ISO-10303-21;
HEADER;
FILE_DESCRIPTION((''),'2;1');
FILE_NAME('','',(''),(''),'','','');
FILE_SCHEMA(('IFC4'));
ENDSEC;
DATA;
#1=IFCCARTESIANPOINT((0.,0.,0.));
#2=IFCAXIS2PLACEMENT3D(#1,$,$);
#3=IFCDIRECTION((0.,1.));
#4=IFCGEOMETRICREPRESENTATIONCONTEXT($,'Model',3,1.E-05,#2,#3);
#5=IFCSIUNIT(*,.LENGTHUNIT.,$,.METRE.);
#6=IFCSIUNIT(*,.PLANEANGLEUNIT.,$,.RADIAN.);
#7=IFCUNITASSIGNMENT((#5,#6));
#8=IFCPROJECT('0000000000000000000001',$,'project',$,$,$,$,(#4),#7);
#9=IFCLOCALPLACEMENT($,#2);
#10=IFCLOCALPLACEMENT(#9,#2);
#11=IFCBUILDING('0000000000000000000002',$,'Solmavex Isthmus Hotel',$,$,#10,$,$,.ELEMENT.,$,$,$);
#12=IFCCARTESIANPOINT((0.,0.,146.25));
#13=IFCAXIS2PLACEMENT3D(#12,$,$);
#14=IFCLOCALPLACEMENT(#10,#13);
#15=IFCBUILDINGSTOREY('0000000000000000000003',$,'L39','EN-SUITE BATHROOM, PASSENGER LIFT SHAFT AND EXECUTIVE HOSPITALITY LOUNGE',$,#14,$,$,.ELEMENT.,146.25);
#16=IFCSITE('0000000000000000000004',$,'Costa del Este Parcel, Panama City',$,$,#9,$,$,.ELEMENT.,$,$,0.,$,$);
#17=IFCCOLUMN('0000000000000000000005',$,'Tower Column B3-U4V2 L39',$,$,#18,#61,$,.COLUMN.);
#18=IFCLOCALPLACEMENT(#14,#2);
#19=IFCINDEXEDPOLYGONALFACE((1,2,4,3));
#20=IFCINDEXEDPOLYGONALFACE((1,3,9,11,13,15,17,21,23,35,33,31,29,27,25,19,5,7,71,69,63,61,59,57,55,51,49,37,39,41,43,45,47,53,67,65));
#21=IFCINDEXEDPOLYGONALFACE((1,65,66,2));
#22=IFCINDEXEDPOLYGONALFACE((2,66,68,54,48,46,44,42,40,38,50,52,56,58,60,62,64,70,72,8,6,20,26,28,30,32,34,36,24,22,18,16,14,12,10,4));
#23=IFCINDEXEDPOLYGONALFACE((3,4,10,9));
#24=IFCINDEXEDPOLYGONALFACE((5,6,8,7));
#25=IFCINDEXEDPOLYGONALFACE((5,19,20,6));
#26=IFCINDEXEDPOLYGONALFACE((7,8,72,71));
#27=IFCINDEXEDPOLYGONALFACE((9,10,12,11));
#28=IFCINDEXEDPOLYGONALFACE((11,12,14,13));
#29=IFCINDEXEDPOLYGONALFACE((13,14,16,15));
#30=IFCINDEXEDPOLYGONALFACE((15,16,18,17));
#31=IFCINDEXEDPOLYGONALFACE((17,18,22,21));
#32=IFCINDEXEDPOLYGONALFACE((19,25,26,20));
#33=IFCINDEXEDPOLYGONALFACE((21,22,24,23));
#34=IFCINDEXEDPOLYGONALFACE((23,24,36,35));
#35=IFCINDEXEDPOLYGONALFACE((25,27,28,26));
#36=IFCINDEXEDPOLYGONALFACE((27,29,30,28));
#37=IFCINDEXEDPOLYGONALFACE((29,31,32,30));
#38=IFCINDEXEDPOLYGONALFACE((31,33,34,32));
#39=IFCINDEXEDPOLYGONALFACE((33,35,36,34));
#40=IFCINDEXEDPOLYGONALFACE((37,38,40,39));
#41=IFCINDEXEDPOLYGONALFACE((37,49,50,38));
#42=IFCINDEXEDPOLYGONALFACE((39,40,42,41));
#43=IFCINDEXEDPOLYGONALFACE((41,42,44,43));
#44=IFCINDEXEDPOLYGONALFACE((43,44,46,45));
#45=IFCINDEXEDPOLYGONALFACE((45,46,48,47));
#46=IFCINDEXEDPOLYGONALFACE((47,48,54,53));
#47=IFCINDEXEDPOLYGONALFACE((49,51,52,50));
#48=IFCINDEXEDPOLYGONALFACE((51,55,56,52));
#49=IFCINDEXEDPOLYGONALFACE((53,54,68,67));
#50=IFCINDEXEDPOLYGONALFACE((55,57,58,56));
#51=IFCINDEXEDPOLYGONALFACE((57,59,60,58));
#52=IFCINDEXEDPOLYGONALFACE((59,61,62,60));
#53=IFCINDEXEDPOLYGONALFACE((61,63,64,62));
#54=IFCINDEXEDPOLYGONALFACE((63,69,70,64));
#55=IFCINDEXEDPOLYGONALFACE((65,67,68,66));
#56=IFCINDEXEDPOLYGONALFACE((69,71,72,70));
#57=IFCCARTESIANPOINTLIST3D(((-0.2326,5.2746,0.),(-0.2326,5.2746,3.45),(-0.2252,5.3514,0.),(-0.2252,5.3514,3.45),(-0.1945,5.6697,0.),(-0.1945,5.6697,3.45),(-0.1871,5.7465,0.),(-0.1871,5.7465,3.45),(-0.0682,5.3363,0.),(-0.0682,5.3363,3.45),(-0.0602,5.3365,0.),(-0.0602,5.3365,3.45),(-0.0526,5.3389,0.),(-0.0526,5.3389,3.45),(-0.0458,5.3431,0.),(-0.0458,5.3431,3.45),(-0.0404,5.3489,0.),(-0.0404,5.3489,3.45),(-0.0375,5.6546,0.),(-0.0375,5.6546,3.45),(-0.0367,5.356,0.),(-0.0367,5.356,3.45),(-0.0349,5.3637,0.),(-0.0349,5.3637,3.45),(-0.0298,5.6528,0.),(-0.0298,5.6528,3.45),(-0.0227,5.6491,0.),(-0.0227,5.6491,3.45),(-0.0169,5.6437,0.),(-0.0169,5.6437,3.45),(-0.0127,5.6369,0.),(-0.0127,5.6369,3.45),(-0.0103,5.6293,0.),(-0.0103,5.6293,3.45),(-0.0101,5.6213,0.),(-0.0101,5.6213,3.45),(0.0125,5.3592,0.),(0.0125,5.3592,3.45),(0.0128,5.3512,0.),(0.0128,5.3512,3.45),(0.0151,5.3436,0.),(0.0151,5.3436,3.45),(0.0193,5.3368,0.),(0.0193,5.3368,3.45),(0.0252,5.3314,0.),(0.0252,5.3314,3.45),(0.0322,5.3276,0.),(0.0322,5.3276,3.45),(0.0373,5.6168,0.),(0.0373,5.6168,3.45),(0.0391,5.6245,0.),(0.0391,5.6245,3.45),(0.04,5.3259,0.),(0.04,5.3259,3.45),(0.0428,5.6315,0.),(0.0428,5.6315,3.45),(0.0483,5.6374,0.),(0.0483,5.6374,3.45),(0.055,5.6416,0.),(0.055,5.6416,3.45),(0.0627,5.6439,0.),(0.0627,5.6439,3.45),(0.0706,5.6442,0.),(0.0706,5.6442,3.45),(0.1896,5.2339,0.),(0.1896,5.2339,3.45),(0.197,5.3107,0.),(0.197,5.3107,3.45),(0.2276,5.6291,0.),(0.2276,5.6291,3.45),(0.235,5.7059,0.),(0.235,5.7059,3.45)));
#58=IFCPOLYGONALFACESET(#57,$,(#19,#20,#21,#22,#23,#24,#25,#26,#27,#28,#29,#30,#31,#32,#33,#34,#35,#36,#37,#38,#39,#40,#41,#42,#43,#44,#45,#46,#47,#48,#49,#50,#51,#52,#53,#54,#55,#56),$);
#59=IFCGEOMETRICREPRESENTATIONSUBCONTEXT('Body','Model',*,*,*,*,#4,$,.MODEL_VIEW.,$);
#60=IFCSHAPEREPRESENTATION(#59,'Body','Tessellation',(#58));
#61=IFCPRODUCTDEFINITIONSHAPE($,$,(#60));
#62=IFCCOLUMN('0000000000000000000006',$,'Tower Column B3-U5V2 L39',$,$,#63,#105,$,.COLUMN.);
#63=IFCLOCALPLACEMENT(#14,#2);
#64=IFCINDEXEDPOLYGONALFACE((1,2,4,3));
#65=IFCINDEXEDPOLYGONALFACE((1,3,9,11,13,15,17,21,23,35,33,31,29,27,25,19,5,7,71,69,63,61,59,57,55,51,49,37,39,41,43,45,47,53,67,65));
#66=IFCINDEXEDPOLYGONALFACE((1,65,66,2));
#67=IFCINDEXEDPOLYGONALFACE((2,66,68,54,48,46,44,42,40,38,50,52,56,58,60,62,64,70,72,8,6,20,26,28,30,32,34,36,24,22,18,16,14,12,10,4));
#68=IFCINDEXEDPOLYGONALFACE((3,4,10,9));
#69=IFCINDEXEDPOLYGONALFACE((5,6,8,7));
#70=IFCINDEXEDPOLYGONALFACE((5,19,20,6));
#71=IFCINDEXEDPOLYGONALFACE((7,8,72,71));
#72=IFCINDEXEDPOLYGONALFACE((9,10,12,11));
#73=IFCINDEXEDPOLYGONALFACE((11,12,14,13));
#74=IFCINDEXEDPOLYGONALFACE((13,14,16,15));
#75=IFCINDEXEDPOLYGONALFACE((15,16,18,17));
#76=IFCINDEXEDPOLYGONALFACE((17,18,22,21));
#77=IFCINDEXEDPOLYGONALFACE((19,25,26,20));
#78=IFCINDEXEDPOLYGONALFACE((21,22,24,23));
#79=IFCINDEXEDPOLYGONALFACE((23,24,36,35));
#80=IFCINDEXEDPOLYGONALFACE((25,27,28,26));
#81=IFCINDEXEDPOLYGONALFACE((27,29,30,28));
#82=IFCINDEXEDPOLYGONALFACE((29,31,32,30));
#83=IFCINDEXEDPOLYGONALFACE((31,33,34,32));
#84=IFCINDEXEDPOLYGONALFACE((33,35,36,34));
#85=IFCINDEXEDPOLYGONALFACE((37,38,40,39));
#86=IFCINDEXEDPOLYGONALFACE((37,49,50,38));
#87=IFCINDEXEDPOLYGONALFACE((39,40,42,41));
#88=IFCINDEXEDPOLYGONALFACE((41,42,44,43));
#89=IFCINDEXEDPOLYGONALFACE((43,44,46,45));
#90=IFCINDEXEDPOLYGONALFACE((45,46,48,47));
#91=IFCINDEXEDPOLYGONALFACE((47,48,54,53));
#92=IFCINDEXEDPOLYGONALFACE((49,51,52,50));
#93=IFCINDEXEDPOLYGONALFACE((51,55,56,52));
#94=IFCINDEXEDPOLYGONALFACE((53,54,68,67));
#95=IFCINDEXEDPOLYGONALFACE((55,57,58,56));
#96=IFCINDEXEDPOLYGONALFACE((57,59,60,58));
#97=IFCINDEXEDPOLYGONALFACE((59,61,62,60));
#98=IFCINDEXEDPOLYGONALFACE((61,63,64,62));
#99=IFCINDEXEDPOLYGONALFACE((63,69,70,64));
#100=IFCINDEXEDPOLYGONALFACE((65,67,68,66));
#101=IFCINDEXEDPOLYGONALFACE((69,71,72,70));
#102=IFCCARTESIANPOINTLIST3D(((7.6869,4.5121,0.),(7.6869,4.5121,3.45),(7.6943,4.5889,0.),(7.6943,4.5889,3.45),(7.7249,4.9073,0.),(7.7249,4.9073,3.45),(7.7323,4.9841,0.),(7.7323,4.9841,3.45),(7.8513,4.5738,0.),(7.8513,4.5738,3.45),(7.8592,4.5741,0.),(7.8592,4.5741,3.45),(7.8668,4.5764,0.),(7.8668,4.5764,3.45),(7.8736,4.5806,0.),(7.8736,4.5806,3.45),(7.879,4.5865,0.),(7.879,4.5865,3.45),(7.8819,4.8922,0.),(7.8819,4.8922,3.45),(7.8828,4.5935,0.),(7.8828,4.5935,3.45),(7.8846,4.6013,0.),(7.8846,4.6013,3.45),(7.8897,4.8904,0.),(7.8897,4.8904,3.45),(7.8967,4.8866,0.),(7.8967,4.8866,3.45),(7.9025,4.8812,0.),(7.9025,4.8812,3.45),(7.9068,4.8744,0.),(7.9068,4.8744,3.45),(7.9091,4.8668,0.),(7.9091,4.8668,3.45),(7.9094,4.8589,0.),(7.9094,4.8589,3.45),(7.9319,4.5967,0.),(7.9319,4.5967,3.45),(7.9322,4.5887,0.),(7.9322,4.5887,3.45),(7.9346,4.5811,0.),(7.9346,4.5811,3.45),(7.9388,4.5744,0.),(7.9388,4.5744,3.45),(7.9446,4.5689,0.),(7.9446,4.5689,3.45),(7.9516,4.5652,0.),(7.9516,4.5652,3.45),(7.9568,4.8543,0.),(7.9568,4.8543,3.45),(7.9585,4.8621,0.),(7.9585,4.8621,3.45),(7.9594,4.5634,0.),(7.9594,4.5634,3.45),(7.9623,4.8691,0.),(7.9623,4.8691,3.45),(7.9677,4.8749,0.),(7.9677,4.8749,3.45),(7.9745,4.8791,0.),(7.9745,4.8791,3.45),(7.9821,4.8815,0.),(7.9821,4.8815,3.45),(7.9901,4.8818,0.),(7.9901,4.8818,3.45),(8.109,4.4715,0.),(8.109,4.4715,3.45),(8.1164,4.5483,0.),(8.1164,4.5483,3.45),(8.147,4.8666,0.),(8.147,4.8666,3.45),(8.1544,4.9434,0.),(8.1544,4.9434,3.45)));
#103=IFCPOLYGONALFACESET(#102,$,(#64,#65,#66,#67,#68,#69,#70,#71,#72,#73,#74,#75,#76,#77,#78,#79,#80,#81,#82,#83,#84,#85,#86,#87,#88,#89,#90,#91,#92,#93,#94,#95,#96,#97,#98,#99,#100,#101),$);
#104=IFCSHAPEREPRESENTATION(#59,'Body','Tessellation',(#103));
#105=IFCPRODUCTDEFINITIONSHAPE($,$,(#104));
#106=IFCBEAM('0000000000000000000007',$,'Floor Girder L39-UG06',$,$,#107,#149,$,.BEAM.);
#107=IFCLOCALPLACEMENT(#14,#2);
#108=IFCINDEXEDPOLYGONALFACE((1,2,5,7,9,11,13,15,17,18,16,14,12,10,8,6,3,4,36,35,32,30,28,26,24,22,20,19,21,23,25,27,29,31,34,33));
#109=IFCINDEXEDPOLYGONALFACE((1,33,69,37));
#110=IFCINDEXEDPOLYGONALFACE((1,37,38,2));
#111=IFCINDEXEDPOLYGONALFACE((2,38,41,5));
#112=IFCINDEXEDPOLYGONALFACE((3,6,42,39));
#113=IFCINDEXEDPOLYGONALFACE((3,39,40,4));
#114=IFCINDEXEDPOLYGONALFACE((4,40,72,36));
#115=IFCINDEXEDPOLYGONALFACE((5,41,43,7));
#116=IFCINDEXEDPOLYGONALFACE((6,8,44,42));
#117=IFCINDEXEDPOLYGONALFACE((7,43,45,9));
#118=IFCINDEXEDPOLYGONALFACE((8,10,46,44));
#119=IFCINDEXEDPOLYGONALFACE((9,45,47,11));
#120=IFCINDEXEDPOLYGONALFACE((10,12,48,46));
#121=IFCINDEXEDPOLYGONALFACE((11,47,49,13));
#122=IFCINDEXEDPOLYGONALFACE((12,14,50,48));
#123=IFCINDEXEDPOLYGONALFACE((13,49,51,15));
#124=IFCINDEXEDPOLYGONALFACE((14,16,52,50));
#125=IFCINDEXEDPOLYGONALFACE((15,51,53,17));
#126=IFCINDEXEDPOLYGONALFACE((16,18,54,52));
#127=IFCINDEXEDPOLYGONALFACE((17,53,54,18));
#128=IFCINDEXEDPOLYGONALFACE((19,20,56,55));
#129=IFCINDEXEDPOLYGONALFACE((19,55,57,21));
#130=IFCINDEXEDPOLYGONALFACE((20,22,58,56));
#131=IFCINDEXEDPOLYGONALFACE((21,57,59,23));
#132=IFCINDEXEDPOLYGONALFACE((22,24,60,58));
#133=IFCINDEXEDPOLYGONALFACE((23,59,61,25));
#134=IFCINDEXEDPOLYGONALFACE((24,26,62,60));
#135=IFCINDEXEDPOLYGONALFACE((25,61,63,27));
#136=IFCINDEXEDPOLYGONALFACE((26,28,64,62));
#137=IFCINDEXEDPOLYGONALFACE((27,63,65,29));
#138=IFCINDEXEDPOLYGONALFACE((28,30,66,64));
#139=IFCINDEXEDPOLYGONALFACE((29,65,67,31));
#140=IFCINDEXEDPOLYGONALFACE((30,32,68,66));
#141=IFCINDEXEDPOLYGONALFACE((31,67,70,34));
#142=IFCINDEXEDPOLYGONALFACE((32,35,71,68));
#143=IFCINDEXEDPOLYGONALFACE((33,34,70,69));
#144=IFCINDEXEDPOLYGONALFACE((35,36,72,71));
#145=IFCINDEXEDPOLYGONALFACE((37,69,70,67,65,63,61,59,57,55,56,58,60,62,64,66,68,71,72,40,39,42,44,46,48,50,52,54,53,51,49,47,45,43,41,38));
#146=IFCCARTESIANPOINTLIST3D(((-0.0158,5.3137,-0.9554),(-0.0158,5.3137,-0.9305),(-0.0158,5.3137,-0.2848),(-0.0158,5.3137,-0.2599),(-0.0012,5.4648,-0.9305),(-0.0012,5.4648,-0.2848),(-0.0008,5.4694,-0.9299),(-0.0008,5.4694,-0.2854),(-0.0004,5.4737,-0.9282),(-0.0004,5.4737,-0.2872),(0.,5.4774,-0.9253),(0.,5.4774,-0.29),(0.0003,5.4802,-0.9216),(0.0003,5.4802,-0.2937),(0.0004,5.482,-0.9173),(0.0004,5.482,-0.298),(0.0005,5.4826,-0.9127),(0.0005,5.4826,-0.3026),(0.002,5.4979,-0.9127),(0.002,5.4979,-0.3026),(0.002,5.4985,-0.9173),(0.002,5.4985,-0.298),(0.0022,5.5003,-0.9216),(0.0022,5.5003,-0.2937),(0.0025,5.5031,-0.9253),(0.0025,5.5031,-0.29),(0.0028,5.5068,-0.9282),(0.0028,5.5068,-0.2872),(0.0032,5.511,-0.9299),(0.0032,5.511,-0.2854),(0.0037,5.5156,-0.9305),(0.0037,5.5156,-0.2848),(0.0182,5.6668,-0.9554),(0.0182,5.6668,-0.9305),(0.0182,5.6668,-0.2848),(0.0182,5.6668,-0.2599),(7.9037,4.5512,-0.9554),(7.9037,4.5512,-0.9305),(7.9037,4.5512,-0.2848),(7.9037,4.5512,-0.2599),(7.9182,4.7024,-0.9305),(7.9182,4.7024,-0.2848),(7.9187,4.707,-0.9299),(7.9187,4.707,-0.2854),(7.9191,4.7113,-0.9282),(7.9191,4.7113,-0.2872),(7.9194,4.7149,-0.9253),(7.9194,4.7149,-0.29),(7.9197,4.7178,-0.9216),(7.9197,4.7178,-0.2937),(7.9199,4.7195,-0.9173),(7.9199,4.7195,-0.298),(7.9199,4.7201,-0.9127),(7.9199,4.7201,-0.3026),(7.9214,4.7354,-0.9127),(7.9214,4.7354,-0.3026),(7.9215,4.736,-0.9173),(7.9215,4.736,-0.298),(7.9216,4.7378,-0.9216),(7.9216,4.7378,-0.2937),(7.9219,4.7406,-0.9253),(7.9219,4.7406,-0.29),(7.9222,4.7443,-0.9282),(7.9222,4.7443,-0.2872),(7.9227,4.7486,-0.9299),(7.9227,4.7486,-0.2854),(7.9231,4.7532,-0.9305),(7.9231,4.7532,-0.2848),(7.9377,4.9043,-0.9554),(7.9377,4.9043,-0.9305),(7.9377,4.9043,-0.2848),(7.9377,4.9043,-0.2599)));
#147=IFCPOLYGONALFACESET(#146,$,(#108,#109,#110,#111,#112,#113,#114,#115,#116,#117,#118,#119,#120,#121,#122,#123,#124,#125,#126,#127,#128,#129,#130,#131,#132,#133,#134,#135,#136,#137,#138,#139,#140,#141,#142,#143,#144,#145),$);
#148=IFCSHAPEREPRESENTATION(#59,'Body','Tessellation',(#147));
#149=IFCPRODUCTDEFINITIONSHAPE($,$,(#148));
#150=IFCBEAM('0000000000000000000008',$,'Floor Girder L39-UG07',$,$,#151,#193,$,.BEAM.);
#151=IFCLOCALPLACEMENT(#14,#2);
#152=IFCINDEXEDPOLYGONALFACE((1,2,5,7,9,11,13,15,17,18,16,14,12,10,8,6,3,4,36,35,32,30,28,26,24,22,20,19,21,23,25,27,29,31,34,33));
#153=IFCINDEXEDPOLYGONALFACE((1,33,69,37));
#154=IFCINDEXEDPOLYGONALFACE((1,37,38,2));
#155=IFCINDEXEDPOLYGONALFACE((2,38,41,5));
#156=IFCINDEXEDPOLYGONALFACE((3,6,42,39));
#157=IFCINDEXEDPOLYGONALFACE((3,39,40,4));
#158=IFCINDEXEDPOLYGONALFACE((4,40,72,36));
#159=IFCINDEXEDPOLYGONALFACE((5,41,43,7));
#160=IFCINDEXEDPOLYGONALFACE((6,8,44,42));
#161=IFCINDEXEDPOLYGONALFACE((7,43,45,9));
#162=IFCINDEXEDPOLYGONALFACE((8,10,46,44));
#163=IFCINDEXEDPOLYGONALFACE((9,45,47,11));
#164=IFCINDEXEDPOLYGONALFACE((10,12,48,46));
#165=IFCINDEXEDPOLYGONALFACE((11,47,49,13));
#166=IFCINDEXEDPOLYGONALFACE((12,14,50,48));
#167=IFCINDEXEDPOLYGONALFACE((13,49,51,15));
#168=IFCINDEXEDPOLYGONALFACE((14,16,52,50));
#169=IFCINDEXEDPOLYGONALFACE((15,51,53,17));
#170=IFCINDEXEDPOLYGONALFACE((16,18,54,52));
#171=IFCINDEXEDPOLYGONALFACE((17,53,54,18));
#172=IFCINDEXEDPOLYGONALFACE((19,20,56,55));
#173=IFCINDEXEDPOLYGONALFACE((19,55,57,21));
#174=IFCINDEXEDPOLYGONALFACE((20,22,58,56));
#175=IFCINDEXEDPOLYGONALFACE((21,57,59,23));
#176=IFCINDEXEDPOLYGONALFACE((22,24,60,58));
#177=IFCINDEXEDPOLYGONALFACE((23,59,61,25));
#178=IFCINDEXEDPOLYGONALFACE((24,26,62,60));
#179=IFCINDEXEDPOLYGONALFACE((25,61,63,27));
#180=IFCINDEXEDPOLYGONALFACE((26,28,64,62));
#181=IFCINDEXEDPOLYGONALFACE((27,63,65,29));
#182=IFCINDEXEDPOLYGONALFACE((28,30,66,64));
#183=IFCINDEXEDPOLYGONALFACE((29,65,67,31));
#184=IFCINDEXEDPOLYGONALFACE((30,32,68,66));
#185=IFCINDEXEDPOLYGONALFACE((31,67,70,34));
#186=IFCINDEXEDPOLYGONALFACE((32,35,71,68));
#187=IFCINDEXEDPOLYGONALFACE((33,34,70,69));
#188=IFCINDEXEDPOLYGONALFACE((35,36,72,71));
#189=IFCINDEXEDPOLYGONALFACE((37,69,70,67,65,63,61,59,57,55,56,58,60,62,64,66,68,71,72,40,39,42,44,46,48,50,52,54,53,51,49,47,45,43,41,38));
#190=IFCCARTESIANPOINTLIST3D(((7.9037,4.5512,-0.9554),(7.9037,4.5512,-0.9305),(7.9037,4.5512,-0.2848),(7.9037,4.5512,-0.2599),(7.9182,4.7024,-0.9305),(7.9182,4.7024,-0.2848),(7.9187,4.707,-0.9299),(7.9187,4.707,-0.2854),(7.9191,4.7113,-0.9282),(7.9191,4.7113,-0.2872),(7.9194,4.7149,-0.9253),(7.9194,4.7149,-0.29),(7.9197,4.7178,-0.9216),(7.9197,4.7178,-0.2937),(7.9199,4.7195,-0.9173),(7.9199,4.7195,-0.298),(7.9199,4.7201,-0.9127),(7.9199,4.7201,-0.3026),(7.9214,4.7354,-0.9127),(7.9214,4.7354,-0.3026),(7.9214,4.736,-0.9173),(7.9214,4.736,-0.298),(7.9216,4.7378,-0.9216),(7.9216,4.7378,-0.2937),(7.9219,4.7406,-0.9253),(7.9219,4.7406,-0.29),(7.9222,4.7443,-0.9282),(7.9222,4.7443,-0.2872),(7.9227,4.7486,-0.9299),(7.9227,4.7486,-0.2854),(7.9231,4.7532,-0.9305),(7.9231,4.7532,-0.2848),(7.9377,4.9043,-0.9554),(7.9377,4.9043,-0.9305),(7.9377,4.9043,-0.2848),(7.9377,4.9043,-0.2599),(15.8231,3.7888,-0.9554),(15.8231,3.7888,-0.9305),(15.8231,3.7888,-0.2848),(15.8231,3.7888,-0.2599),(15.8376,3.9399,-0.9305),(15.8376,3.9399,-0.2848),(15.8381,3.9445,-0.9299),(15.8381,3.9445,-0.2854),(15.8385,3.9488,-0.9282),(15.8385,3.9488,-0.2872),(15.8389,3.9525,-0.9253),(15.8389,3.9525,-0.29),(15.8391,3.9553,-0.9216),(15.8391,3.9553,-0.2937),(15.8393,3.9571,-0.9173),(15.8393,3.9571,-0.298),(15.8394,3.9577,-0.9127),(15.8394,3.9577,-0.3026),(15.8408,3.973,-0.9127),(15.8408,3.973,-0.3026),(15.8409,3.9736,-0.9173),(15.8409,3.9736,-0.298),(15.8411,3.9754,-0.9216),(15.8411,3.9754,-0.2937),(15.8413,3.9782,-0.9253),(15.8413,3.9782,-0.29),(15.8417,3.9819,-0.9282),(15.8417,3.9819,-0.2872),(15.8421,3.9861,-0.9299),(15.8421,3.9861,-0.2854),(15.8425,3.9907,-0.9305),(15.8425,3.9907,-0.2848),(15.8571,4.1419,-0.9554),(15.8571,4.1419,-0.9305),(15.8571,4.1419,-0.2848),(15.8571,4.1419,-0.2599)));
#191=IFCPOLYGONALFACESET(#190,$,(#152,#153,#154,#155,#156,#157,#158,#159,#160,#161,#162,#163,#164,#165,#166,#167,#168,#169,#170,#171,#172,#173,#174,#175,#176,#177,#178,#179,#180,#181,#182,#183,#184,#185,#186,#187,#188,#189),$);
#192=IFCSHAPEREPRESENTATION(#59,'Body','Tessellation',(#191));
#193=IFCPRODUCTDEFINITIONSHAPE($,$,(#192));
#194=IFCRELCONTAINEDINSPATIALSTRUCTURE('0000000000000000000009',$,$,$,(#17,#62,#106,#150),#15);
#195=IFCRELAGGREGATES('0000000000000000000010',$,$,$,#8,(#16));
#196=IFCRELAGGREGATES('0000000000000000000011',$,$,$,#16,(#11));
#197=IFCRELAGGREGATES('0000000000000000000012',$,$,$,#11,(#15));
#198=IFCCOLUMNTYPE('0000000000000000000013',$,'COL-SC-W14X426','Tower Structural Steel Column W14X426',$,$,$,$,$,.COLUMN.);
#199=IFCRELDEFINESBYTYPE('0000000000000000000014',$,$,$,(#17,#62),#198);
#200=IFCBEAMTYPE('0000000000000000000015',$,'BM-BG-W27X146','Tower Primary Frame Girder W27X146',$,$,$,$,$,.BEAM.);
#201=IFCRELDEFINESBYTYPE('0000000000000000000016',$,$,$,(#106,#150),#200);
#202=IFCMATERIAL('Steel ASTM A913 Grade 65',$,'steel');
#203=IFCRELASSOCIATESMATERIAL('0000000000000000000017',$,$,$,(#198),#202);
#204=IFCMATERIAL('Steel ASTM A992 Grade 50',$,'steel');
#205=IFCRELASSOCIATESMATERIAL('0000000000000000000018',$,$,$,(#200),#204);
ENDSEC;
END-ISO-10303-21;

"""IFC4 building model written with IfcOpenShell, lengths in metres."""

from ifc_helpers import new_model, si_unit, direction, frame, origin, origin_2d, place, context, subcontext, project, spatial, i_section, extrude, material, material_profile, profile_set, type_object, element, save


model = new_model("IFC4")

# Units and contexts
model_context = context("Model", 3, precision=1e-05, world=origin(), true_north=direction((0.0, 1.0)))
body_context = subcontext(model_context, "Body", "Model", "MODEL_VIEW")
ifc_project = project(units=[si_unit("LENGTHUNIT", "METRE"), si_unit("PLANEANGLEUNIT", "RADIAN")], contexts=[model_context])

# Site, building, storey
site_placement = place(None, origin())
site = spatial("IfcSite", under=ifc_project, at=site_placement, Name="Costa del Este Parcel, Panama City", CompositionType="ELEMENT", RefElevation=0.0)
building_placement = place(site_placement, origin())
building = spatial("IfcBuilding", under=site, at=building_placement, Name="Solmavex Isthmus Hotel", CompositionType="ELEMENT")
storey_placement = place(building_placement, frame((0.0, 0.0, 146.25)))
storey = spatial("IfcBuildingStorey", under=building, at=storey_placement, Name="L39", Description="EN-SUITE BATHROOM, PASSENGER LIFT SHAFT AND EXECUTIVE HOSPITALITY LOUNGE", CompositionType="ELEMENT", Elevation=146.25)

# Columns
ifc_material_1 = material(Name="Steel ASTM A913 Grade 65", Category="steel")
ifc_material_profile_1 = material_profile(ifc_material_1, i_section(OverallWidth=0.4241, OverallDepth=0.4741, WebThickness=0.0476, FlangeThickness=0.0771, FilletRadius=0.0305, at=origin_2d()), Name="W14X426")
ifc_profile_set_1 = profile_set([ifc_material_profile_1], Name="Steel ASTM A913 Grade 65")
column_type = type_object("IfcColumnType", Name="COL-SC-W14X426", Description="Tower Structural Steel Column W14X426", PredefinedType="COLUMN", material=ifc_profile_set_1)
for number, where, z_axis, x_axis, name in (
    (1, (0.0012, 5.4902, 0.0), (0.0, 0.0, 1.0), (0.995396, -0.095846, 0.0), "Tower Column B3-U4V2 L39"),
    (2, (7.9207, 4.7278, 0.0), (0.0, 0.0, 1.0), (0.995396, -0.095846, 0.0), "Tower Column B3-U5V2 L39"),
):
    element("IfcColumn", number, at=place(storey_placement, frame(where, z_axis=z_axis, x_axis=x_axis)), inside=storey, type_object=column_type, Name=name, PredefinedType="COLUMN", context=body_context, shape_type="SweptSolid", body=[
        extrude(i_section(OverallWidth=0.4241, OverallDepth=0.4741, WebThickness=0.0476, FlangeThickness=0.0771, FilletRadius=0.0305, at=origin_2d()), origin(), (0.0, 0.0, 1.0), 3.45),
    ])

# Beams
ifc_material_2 = material(Name="Steel ASTM A992 Grade 50", Category="steel")
ifc_material_profile_2 = material_profile(ifc_material_2, i_section(OverallWidth=0.3547, OverallDepth=0.6956, WebThickness=0.0154, FlangeThickness=0.0249, FilletRadius=0.0178, at=origin_2d()), Name="W27X146")
ifc_profile_set_2 = profile_set([ifc_material_profile_2], Name="Steel ASTM A992 Grade 50")
beam_type_1 = type_object("IfcBeamType", Name="BM-BG-W27X146", Description="Tower Primary Frame Girder W27X146", PredefinedType="BEAM", material=ifc_profile_set_2)
for number, where, z_axis, x_axis, name in (
    (3, (0.0012, 5.4902, -0.6077), (0.995397, -0.095833, 0.0), (0.095833, 0.995397, 0.0), "Floor Girder L39-UG06"),
    (4, (7.9207, 4.7278, -0.6077), (0.995397, -0.095833, 0.0), (0.095833, 0.995397, 0.0), "Floor Girder L39-UG07"),
):
    element("IfcBeam", number, at=place(storey_placement, frame(where, z_axis=z_axis, x_axis=x_axis)), inside=storey, type_object=beam_type_1, Name=name, PredefinedType="BEAM", context=body_context, shape_type="SweptSolid", body=[
        extrude(i_section(OverallWidth=0.3547, OverallDepth=0.6956, WebThickness=0.0154, FlangeThickness=0.0249, FilletRadius=0.0178, at=origin_2d()), origin(), (0.0, 0.0, 1.0), 7.9561),
    ])

save(model, "model.ifc")
